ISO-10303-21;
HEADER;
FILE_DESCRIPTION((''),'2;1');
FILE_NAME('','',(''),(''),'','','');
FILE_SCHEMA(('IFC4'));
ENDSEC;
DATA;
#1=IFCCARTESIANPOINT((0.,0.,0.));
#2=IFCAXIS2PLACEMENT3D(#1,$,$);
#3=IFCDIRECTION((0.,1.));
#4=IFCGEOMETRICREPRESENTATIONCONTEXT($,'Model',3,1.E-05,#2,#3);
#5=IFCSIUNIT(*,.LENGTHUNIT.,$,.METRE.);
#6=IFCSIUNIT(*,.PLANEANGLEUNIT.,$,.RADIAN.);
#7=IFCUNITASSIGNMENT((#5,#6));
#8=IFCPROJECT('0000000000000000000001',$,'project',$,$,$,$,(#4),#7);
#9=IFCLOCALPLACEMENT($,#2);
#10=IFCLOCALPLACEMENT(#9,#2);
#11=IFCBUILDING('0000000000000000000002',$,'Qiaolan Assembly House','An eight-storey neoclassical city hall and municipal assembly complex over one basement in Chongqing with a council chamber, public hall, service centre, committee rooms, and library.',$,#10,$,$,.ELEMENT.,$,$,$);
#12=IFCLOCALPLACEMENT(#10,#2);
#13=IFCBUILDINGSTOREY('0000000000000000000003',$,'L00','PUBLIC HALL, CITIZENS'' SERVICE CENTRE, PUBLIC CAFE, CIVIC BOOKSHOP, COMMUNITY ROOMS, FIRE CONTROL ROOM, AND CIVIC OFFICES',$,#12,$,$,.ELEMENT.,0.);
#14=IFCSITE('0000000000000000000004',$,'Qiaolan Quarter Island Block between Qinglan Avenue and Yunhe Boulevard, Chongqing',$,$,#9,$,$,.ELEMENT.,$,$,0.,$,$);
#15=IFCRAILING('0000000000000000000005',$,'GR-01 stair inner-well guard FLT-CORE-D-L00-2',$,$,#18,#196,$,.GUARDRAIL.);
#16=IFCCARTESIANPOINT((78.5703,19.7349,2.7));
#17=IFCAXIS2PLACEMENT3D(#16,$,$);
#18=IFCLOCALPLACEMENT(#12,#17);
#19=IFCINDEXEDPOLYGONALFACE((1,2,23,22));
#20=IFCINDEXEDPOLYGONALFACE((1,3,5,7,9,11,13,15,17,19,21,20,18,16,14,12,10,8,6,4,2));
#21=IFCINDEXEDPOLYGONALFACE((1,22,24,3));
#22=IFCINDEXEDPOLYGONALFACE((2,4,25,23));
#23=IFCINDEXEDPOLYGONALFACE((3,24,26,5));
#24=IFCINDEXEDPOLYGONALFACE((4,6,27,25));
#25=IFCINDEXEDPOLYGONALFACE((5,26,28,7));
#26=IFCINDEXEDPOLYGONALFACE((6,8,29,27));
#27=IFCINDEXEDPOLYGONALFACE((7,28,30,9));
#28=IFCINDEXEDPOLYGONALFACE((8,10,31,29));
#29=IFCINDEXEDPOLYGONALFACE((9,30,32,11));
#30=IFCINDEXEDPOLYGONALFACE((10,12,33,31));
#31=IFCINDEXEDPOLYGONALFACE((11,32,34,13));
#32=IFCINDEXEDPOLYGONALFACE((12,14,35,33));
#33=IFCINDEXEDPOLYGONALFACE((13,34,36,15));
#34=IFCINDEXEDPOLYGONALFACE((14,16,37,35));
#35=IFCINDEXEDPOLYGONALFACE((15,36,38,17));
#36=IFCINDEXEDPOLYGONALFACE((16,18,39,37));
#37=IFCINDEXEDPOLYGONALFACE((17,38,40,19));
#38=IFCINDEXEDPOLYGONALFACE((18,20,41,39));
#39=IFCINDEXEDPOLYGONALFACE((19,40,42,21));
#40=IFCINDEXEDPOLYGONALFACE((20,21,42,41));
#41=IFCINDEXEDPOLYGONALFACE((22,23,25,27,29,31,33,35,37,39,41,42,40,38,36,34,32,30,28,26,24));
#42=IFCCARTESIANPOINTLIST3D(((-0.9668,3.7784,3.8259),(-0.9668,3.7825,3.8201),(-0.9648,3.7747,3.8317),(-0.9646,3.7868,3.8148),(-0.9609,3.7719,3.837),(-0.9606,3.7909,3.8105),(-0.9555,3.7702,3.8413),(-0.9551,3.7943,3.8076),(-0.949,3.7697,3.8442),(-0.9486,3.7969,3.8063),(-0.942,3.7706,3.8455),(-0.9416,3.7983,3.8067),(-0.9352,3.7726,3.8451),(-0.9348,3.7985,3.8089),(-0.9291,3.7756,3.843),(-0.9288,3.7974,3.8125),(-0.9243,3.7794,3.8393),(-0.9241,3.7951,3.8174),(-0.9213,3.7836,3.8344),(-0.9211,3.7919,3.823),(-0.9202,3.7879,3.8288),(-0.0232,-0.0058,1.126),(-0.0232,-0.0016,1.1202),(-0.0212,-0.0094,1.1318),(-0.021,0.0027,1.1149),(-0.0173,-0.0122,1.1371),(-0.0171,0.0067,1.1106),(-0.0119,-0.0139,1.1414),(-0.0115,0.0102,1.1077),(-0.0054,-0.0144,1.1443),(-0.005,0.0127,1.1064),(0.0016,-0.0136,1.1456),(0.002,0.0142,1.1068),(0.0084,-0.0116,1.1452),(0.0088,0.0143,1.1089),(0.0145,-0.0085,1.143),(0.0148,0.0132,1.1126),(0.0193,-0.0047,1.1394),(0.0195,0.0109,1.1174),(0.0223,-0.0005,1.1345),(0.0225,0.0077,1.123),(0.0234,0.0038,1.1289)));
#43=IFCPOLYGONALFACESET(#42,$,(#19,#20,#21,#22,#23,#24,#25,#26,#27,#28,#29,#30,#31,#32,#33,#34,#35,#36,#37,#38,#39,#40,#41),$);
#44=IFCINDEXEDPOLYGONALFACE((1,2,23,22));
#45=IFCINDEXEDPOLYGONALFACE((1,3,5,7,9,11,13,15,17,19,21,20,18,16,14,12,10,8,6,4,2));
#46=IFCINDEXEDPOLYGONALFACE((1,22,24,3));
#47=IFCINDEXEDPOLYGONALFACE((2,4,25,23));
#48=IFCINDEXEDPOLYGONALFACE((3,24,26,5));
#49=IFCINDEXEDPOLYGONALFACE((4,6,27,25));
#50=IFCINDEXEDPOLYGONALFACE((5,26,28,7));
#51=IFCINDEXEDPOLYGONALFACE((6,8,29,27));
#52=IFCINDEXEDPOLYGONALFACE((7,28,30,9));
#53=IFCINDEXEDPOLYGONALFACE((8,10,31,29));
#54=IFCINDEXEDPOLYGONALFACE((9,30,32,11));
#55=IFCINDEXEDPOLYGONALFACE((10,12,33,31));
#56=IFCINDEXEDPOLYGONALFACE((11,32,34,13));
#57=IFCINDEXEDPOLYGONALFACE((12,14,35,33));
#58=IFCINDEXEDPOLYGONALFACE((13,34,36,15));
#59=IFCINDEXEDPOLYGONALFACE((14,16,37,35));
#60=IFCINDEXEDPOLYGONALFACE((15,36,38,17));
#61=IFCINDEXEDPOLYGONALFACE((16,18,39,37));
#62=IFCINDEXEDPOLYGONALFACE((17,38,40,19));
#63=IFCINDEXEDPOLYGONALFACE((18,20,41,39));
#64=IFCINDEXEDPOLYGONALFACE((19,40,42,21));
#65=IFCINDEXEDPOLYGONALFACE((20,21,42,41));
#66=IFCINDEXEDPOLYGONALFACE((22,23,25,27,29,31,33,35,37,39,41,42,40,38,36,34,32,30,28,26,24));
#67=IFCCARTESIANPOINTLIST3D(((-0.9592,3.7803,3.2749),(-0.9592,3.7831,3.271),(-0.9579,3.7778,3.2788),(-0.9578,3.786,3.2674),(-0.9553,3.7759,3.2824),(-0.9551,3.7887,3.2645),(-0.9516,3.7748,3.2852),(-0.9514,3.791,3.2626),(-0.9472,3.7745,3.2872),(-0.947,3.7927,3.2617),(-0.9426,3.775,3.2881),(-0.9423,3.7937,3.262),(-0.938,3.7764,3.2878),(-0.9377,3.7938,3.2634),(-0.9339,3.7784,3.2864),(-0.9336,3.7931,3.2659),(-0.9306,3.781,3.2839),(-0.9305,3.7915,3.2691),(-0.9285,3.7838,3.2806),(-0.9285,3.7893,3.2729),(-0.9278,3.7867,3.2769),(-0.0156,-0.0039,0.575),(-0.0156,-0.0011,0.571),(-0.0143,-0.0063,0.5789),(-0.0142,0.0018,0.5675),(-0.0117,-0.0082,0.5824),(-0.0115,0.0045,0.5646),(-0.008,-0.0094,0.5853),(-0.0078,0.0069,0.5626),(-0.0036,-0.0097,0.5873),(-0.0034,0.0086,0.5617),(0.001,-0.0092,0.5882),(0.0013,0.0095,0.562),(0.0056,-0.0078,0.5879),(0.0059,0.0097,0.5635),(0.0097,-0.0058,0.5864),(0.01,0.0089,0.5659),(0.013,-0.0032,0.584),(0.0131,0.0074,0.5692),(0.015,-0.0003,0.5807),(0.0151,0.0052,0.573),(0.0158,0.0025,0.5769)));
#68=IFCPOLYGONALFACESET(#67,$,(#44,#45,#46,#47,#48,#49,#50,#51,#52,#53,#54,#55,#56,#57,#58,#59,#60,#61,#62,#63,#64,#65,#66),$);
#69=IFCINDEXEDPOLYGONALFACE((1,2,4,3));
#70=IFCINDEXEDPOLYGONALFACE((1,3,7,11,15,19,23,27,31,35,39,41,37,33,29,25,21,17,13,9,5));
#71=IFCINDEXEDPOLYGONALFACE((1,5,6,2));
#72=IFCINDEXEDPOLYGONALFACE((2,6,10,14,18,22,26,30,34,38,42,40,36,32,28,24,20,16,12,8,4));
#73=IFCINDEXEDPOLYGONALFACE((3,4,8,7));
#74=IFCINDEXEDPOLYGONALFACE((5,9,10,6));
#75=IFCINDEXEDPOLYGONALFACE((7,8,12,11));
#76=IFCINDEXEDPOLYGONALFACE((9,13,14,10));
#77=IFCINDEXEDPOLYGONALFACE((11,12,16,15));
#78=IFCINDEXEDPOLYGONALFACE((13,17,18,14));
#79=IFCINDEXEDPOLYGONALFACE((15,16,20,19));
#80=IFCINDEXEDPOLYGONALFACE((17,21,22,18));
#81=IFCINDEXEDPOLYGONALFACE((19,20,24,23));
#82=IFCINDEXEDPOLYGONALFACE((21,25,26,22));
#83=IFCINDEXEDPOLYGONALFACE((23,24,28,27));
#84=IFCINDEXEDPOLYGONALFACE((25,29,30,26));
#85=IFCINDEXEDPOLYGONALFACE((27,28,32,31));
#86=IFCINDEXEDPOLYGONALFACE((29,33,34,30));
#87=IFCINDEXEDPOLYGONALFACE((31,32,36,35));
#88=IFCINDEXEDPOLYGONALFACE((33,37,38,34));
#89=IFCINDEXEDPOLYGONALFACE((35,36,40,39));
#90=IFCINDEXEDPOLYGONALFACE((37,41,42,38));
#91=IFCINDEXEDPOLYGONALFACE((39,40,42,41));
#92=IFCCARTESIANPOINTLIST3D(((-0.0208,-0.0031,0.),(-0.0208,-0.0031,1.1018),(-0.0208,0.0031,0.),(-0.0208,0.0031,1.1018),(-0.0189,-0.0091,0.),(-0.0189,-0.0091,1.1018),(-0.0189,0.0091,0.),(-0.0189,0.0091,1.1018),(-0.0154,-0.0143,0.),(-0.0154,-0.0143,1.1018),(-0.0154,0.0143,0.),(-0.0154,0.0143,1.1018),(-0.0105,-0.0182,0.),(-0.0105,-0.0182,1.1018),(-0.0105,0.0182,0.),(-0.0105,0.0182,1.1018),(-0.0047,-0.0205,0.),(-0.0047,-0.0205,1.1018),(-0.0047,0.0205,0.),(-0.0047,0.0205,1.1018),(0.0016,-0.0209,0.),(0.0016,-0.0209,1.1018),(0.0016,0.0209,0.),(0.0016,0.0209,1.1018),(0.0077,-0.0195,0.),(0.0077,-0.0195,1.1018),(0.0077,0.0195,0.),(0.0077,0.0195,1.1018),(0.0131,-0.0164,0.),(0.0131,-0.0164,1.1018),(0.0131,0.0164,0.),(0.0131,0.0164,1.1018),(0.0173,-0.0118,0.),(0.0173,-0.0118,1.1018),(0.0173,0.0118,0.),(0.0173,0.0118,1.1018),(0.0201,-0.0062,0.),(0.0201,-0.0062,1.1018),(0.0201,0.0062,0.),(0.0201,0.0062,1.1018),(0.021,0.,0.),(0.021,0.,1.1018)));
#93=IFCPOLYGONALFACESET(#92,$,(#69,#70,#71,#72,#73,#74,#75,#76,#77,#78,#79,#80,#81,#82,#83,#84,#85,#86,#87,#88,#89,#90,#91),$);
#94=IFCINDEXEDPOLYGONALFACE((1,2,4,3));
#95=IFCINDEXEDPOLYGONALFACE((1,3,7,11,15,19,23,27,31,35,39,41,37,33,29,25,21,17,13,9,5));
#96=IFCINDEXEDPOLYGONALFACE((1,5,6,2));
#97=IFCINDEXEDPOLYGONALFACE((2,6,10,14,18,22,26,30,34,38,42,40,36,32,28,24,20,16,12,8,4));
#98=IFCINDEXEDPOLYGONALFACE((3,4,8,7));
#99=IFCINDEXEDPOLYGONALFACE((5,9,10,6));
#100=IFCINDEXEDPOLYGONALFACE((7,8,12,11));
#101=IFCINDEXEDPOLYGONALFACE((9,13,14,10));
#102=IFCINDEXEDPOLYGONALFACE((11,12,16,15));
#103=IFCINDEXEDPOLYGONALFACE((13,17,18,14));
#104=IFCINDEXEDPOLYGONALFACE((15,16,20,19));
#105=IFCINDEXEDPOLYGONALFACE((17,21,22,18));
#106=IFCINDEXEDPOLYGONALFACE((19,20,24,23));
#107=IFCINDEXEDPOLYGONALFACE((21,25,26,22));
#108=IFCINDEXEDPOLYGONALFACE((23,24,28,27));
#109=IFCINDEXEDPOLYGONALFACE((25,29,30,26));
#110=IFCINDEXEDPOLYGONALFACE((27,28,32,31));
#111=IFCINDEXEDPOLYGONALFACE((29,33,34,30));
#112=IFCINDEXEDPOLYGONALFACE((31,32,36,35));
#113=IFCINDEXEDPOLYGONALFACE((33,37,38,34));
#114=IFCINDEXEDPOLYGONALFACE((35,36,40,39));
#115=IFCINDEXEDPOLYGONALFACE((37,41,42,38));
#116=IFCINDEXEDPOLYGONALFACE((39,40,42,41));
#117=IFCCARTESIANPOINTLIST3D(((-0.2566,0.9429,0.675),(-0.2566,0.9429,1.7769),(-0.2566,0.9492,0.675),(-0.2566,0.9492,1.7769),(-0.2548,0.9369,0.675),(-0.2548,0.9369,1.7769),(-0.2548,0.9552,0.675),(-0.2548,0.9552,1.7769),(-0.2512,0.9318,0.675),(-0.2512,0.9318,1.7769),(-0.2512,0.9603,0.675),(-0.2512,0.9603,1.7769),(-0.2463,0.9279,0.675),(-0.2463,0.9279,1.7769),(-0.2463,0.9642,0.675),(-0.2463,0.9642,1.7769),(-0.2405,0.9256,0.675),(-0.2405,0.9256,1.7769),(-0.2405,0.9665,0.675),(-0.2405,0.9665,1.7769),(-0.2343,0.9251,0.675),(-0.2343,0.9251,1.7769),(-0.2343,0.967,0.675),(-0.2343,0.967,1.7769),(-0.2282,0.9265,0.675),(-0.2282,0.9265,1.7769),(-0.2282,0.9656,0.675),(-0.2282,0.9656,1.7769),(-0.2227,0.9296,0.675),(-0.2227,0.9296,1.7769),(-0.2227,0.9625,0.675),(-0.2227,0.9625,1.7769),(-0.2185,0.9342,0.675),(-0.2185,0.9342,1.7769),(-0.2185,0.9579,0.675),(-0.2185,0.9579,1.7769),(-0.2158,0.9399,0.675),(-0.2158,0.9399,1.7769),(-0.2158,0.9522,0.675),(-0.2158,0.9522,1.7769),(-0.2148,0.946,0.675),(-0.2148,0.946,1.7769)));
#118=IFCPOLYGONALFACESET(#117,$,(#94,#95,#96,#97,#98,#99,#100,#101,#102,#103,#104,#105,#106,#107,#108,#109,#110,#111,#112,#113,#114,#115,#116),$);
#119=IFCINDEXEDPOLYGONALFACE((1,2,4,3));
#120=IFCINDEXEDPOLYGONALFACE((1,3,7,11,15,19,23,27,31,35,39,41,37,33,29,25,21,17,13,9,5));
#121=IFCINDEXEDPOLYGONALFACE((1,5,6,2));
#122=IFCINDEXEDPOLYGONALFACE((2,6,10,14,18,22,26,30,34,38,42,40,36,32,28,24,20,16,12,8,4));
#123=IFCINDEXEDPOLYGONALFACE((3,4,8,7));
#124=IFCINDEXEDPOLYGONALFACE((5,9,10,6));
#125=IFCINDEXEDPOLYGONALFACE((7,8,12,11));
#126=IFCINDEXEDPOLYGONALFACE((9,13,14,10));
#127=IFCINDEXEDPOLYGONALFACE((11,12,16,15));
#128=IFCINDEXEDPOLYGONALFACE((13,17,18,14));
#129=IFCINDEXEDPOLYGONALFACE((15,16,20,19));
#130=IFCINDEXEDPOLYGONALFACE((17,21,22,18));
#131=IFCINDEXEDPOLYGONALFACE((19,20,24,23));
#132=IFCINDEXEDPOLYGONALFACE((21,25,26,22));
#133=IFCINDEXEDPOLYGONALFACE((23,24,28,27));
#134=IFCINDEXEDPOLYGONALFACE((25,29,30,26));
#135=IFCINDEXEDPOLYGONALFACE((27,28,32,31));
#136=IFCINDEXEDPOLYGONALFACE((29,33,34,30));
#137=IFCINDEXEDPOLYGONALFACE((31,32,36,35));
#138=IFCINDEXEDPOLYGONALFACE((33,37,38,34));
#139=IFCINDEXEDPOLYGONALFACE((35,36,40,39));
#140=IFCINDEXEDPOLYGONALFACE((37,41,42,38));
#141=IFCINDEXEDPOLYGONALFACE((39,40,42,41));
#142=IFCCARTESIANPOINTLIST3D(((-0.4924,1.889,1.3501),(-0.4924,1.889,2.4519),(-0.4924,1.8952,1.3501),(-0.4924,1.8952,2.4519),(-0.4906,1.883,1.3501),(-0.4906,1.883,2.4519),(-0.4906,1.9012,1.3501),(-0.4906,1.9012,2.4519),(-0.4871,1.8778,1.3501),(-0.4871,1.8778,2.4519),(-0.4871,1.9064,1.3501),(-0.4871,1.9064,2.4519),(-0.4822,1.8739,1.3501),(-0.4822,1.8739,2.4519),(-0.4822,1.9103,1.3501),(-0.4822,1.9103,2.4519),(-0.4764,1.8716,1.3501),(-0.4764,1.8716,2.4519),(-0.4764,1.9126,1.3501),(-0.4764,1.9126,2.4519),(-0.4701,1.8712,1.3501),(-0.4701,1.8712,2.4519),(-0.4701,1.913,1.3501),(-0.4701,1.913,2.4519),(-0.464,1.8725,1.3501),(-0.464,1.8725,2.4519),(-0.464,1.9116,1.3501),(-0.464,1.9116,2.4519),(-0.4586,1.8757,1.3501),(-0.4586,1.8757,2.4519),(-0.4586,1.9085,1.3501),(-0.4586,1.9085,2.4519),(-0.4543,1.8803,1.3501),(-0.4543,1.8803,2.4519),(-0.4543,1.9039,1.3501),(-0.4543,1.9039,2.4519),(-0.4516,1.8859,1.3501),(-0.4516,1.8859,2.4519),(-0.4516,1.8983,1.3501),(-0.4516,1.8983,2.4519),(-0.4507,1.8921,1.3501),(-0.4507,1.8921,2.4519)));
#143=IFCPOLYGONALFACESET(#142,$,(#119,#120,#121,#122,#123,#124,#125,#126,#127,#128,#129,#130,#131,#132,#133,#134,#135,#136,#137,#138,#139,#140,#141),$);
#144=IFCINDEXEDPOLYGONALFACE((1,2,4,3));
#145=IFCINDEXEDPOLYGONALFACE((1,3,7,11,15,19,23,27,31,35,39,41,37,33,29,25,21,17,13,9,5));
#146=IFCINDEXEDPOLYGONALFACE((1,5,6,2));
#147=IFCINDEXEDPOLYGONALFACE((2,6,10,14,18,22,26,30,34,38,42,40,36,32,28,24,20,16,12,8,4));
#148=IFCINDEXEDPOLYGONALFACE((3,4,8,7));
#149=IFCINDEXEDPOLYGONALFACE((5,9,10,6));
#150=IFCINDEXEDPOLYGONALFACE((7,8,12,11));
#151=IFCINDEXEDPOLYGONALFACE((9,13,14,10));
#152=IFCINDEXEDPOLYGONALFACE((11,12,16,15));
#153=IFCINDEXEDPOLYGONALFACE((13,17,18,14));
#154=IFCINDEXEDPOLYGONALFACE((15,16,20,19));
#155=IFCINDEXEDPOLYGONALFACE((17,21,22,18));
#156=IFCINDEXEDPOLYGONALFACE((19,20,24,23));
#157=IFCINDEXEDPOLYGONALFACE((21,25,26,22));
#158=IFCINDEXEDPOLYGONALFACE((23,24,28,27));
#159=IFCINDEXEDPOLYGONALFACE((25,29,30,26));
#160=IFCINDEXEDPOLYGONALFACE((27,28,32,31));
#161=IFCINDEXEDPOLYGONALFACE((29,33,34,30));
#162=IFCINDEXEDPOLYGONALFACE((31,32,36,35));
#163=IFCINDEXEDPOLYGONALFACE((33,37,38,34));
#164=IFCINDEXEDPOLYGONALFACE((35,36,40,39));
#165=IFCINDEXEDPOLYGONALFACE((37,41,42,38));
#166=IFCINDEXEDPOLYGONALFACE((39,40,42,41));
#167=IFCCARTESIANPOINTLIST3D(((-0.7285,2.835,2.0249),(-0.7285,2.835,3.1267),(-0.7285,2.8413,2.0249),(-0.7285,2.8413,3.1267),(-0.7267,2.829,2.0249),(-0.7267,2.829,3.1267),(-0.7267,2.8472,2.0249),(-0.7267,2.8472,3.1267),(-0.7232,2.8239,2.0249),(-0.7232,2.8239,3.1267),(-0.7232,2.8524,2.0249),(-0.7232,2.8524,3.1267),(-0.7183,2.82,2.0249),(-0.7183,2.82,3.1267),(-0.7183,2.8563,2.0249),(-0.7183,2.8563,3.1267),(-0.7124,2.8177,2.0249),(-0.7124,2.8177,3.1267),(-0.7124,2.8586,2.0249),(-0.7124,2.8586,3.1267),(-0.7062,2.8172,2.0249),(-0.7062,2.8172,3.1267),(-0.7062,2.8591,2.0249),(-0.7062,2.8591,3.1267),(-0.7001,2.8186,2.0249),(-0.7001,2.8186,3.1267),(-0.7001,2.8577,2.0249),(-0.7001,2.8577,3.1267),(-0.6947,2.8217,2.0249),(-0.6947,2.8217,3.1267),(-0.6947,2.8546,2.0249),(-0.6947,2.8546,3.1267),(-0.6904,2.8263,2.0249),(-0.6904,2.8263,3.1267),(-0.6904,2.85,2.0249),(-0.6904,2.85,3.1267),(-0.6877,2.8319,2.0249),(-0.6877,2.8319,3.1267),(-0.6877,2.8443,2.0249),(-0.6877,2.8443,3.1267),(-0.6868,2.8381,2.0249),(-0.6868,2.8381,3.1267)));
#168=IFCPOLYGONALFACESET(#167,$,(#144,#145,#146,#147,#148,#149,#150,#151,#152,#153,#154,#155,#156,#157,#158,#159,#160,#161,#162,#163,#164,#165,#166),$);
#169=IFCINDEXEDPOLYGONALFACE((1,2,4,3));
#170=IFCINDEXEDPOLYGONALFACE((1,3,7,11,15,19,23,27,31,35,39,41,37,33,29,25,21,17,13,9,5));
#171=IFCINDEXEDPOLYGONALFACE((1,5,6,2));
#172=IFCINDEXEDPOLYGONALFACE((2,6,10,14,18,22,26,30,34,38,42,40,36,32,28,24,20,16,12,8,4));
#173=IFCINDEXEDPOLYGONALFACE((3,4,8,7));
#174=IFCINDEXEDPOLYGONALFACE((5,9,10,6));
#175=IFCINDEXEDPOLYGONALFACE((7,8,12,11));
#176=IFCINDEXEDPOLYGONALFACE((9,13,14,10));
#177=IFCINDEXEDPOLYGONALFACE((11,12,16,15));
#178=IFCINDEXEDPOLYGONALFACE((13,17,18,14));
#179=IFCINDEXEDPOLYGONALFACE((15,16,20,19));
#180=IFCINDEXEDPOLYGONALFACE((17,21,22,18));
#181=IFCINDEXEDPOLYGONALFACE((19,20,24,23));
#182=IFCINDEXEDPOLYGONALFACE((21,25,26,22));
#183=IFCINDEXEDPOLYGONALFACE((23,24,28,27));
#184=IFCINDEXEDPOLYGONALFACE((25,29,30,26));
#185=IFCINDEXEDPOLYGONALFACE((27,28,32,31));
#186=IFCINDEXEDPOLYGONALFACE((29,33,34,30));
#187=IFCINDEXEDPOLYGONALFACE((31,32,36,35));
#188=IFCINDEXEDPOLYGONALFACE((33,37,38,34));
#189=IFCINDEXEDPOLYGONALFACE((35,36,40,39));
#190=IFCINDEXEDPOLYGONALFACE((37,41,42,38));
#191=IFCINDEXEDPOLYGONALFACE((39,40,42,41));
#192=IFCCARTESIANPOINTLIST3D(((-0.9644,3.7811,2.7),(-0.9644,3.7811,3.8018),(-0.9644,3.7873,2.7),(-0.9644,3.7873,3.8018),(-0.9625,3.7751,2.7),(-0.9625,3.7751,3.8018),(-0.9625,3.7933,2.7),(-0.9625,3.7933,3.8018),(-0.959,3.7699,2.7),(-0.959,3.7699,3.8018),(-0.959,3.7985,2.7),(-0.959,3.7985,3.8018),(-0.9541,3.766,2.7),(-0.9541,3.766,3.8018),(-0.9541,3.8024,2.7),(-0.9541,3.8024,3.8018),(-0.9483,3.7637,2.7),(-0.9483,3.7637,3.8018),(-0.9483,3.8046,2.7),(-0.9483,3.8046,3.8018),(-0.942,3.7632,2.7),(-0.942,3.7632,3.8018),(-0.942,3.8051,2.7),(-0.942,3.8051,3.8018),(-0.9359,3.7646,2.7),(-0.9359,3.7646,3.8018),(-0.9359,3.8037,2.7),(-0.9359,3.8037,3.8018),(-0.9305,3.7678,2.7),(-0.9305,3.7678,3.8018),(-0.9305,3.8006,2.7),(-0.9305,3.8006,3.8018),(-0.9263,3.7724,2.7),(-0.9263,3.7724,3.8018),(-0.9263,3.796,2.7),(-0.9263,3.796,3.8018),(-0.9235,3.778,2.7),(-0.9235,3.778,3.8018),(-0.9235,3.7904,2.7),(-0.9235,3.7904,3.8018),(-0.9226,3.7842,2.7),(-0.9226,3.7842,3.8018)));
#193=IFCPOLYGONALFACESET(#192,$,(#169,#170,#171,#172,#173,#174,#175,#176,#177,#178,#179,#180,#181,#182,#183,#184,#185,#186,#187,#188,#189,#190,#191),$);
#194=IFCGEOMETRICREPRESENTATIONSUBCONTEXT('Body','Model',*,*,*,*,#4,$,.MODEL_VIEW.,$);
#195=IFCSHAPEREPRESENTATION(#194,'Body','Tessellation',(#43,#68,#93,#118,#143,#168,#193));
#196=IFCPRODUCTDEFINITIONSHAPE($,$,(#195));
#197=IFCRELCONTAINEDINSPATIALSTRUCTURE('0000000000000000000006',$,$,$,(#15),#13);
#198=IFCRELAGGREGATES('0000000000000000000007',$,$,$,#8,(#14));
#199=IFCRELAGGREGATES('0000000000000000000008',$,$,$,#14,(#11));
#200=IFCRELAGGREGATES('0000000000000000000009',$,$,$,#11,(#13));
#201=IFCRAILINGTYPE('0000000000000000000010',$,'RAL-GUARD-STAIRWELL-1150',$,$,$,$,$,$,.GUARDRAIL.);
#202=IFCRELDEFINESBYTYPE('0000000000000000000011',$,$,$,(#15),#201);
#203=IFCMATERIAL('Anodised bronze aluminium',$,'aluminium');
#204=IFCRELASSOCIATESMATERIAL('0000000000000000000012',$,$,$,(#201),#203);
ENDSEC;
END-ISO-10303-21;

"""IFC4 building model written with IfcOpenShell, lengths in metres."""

from ifc_helpers import new_model, si_unit, direction, frame, origin, origin_2d, place, context, subcontext, project, spatial, circle, extrude, material, type_object, element, save


model = new_model("IFC4")

# Units and contexts
model_context = context("Model", 3, precision=1e-05, world=origin(), true_north=direction((0.0, 1.0)))
body_context = subcontext(model_context, "Body", "Model", "MODEL_VIEW")
ifc_project = project(units=[si_unit("LENGTHUNIT", "METRE"), si_unit("PLANEANGLEUNIT", "RADIAN")], contexts=[model_context])

# Site, building, storey
site_placement = place(None, origin())
site = spatial("IfcSite", under=ifc_project, at=site_placement, Name="Qiaolan Quarter Island Block between Qinglan Avenue and Yunhe Boulevard, Chongqing", CompositionType="ELEMENT", RefElevation=0.0)
building_placement = place(site_placement, origin())
building = spatial("IfcBuilding", under=site, at=building_placement, Name="Qiaolan Assembly House", Description="An eight-storey neoclassical city hall and municipal assembly complex over one basement in Chongqing with a council chamber, public hall, service centre, committee rooms, and library.", CompositionType="ELEMENT")
storey_placement = place(building_placement, origin())
storey = spatial("IfcBuildingStorey", under=building, at=storey_placement, Name="L00", Description="PUBLIC HALL, CITIZENS' SERVICE CENTRE, PUBLIC CAFE, CIVIC BOOKSHOP, COMMUNITY ROOMS, FIRE CONTROL ROOM, AND CIVIC OFFICES", CompositionType="ELEMENT", Elevation=0.0)

# Railing
ifc_material_1 = material(Name="Anodised bronze aluminium", Category="aluminium")
railing_type_1 = type_object("IfcRailingType", Name="RAL-GUARD-STAIRWELL-1150", PredefinedType="GUARDRAIL", material=ifc_material_1)
railing_1_placement = place(storey_placement, frame((78.5703, 19.7349, 2.7)))
element("IfcRailing", 1, at=railing_1_placement, inside=storey, type_object=railing_type_1, Name="GR-01 stair inner-well guard FLT-CORE-D-L00-2", PredefinedType="GUARDRAIL", context=body_context, shape_type="SweptSolid", body=[
    extrude(circle(Radius=0.0239, at=origin_2d()), frame((0.0, 0.0, 1.126), z_axis=(-0.198928, 0.797773, 0.569198), x_axis=(-0.97029, -0.241946, 0.0)), (0.0, 0.0, 1.0), 4.7434),
    extrude(circle(Radius=0.0161, at=origin_2d()), frame((0.0, 0.0, 0.575), z_axis=(-0.198928, 0.797773, 0.569198), x_axis=(-0.97029, -0.241946, 0.0)), (0.0, 0.0, 1.0), 4.7434),
    extrude(circle(Radius=0.021, at=origin_2d()), origin(), (0.0, 0.0, 1.0), 1.1018),
    extrude(circle(Radius=0.021, at=origin_2d()), frame((-0.2358, 0.946, 0.675)), (0.0, 0.0, 1.0), 1.1018),
    extrude(circle(Radius=0.021, at=origin_2d()), frame((-0.4717, 1.8921, 1.3501)), (0.0, 0.0, 1.0), 1.1018),
    extrude(circle(Radius=0.021, at=origin_2d()), frame((-0.7078, 2.8381, 2.0249)), (0.0, 0.0, 1.0), 1.1018),
    extrude(circle(Radius=0.021, at=origin_2d()), frame((-0.9436, 3.7842, 2.7)), (0.0, 0.0, 1.0), 1.1018),
])

save(model, "model.ifc")
